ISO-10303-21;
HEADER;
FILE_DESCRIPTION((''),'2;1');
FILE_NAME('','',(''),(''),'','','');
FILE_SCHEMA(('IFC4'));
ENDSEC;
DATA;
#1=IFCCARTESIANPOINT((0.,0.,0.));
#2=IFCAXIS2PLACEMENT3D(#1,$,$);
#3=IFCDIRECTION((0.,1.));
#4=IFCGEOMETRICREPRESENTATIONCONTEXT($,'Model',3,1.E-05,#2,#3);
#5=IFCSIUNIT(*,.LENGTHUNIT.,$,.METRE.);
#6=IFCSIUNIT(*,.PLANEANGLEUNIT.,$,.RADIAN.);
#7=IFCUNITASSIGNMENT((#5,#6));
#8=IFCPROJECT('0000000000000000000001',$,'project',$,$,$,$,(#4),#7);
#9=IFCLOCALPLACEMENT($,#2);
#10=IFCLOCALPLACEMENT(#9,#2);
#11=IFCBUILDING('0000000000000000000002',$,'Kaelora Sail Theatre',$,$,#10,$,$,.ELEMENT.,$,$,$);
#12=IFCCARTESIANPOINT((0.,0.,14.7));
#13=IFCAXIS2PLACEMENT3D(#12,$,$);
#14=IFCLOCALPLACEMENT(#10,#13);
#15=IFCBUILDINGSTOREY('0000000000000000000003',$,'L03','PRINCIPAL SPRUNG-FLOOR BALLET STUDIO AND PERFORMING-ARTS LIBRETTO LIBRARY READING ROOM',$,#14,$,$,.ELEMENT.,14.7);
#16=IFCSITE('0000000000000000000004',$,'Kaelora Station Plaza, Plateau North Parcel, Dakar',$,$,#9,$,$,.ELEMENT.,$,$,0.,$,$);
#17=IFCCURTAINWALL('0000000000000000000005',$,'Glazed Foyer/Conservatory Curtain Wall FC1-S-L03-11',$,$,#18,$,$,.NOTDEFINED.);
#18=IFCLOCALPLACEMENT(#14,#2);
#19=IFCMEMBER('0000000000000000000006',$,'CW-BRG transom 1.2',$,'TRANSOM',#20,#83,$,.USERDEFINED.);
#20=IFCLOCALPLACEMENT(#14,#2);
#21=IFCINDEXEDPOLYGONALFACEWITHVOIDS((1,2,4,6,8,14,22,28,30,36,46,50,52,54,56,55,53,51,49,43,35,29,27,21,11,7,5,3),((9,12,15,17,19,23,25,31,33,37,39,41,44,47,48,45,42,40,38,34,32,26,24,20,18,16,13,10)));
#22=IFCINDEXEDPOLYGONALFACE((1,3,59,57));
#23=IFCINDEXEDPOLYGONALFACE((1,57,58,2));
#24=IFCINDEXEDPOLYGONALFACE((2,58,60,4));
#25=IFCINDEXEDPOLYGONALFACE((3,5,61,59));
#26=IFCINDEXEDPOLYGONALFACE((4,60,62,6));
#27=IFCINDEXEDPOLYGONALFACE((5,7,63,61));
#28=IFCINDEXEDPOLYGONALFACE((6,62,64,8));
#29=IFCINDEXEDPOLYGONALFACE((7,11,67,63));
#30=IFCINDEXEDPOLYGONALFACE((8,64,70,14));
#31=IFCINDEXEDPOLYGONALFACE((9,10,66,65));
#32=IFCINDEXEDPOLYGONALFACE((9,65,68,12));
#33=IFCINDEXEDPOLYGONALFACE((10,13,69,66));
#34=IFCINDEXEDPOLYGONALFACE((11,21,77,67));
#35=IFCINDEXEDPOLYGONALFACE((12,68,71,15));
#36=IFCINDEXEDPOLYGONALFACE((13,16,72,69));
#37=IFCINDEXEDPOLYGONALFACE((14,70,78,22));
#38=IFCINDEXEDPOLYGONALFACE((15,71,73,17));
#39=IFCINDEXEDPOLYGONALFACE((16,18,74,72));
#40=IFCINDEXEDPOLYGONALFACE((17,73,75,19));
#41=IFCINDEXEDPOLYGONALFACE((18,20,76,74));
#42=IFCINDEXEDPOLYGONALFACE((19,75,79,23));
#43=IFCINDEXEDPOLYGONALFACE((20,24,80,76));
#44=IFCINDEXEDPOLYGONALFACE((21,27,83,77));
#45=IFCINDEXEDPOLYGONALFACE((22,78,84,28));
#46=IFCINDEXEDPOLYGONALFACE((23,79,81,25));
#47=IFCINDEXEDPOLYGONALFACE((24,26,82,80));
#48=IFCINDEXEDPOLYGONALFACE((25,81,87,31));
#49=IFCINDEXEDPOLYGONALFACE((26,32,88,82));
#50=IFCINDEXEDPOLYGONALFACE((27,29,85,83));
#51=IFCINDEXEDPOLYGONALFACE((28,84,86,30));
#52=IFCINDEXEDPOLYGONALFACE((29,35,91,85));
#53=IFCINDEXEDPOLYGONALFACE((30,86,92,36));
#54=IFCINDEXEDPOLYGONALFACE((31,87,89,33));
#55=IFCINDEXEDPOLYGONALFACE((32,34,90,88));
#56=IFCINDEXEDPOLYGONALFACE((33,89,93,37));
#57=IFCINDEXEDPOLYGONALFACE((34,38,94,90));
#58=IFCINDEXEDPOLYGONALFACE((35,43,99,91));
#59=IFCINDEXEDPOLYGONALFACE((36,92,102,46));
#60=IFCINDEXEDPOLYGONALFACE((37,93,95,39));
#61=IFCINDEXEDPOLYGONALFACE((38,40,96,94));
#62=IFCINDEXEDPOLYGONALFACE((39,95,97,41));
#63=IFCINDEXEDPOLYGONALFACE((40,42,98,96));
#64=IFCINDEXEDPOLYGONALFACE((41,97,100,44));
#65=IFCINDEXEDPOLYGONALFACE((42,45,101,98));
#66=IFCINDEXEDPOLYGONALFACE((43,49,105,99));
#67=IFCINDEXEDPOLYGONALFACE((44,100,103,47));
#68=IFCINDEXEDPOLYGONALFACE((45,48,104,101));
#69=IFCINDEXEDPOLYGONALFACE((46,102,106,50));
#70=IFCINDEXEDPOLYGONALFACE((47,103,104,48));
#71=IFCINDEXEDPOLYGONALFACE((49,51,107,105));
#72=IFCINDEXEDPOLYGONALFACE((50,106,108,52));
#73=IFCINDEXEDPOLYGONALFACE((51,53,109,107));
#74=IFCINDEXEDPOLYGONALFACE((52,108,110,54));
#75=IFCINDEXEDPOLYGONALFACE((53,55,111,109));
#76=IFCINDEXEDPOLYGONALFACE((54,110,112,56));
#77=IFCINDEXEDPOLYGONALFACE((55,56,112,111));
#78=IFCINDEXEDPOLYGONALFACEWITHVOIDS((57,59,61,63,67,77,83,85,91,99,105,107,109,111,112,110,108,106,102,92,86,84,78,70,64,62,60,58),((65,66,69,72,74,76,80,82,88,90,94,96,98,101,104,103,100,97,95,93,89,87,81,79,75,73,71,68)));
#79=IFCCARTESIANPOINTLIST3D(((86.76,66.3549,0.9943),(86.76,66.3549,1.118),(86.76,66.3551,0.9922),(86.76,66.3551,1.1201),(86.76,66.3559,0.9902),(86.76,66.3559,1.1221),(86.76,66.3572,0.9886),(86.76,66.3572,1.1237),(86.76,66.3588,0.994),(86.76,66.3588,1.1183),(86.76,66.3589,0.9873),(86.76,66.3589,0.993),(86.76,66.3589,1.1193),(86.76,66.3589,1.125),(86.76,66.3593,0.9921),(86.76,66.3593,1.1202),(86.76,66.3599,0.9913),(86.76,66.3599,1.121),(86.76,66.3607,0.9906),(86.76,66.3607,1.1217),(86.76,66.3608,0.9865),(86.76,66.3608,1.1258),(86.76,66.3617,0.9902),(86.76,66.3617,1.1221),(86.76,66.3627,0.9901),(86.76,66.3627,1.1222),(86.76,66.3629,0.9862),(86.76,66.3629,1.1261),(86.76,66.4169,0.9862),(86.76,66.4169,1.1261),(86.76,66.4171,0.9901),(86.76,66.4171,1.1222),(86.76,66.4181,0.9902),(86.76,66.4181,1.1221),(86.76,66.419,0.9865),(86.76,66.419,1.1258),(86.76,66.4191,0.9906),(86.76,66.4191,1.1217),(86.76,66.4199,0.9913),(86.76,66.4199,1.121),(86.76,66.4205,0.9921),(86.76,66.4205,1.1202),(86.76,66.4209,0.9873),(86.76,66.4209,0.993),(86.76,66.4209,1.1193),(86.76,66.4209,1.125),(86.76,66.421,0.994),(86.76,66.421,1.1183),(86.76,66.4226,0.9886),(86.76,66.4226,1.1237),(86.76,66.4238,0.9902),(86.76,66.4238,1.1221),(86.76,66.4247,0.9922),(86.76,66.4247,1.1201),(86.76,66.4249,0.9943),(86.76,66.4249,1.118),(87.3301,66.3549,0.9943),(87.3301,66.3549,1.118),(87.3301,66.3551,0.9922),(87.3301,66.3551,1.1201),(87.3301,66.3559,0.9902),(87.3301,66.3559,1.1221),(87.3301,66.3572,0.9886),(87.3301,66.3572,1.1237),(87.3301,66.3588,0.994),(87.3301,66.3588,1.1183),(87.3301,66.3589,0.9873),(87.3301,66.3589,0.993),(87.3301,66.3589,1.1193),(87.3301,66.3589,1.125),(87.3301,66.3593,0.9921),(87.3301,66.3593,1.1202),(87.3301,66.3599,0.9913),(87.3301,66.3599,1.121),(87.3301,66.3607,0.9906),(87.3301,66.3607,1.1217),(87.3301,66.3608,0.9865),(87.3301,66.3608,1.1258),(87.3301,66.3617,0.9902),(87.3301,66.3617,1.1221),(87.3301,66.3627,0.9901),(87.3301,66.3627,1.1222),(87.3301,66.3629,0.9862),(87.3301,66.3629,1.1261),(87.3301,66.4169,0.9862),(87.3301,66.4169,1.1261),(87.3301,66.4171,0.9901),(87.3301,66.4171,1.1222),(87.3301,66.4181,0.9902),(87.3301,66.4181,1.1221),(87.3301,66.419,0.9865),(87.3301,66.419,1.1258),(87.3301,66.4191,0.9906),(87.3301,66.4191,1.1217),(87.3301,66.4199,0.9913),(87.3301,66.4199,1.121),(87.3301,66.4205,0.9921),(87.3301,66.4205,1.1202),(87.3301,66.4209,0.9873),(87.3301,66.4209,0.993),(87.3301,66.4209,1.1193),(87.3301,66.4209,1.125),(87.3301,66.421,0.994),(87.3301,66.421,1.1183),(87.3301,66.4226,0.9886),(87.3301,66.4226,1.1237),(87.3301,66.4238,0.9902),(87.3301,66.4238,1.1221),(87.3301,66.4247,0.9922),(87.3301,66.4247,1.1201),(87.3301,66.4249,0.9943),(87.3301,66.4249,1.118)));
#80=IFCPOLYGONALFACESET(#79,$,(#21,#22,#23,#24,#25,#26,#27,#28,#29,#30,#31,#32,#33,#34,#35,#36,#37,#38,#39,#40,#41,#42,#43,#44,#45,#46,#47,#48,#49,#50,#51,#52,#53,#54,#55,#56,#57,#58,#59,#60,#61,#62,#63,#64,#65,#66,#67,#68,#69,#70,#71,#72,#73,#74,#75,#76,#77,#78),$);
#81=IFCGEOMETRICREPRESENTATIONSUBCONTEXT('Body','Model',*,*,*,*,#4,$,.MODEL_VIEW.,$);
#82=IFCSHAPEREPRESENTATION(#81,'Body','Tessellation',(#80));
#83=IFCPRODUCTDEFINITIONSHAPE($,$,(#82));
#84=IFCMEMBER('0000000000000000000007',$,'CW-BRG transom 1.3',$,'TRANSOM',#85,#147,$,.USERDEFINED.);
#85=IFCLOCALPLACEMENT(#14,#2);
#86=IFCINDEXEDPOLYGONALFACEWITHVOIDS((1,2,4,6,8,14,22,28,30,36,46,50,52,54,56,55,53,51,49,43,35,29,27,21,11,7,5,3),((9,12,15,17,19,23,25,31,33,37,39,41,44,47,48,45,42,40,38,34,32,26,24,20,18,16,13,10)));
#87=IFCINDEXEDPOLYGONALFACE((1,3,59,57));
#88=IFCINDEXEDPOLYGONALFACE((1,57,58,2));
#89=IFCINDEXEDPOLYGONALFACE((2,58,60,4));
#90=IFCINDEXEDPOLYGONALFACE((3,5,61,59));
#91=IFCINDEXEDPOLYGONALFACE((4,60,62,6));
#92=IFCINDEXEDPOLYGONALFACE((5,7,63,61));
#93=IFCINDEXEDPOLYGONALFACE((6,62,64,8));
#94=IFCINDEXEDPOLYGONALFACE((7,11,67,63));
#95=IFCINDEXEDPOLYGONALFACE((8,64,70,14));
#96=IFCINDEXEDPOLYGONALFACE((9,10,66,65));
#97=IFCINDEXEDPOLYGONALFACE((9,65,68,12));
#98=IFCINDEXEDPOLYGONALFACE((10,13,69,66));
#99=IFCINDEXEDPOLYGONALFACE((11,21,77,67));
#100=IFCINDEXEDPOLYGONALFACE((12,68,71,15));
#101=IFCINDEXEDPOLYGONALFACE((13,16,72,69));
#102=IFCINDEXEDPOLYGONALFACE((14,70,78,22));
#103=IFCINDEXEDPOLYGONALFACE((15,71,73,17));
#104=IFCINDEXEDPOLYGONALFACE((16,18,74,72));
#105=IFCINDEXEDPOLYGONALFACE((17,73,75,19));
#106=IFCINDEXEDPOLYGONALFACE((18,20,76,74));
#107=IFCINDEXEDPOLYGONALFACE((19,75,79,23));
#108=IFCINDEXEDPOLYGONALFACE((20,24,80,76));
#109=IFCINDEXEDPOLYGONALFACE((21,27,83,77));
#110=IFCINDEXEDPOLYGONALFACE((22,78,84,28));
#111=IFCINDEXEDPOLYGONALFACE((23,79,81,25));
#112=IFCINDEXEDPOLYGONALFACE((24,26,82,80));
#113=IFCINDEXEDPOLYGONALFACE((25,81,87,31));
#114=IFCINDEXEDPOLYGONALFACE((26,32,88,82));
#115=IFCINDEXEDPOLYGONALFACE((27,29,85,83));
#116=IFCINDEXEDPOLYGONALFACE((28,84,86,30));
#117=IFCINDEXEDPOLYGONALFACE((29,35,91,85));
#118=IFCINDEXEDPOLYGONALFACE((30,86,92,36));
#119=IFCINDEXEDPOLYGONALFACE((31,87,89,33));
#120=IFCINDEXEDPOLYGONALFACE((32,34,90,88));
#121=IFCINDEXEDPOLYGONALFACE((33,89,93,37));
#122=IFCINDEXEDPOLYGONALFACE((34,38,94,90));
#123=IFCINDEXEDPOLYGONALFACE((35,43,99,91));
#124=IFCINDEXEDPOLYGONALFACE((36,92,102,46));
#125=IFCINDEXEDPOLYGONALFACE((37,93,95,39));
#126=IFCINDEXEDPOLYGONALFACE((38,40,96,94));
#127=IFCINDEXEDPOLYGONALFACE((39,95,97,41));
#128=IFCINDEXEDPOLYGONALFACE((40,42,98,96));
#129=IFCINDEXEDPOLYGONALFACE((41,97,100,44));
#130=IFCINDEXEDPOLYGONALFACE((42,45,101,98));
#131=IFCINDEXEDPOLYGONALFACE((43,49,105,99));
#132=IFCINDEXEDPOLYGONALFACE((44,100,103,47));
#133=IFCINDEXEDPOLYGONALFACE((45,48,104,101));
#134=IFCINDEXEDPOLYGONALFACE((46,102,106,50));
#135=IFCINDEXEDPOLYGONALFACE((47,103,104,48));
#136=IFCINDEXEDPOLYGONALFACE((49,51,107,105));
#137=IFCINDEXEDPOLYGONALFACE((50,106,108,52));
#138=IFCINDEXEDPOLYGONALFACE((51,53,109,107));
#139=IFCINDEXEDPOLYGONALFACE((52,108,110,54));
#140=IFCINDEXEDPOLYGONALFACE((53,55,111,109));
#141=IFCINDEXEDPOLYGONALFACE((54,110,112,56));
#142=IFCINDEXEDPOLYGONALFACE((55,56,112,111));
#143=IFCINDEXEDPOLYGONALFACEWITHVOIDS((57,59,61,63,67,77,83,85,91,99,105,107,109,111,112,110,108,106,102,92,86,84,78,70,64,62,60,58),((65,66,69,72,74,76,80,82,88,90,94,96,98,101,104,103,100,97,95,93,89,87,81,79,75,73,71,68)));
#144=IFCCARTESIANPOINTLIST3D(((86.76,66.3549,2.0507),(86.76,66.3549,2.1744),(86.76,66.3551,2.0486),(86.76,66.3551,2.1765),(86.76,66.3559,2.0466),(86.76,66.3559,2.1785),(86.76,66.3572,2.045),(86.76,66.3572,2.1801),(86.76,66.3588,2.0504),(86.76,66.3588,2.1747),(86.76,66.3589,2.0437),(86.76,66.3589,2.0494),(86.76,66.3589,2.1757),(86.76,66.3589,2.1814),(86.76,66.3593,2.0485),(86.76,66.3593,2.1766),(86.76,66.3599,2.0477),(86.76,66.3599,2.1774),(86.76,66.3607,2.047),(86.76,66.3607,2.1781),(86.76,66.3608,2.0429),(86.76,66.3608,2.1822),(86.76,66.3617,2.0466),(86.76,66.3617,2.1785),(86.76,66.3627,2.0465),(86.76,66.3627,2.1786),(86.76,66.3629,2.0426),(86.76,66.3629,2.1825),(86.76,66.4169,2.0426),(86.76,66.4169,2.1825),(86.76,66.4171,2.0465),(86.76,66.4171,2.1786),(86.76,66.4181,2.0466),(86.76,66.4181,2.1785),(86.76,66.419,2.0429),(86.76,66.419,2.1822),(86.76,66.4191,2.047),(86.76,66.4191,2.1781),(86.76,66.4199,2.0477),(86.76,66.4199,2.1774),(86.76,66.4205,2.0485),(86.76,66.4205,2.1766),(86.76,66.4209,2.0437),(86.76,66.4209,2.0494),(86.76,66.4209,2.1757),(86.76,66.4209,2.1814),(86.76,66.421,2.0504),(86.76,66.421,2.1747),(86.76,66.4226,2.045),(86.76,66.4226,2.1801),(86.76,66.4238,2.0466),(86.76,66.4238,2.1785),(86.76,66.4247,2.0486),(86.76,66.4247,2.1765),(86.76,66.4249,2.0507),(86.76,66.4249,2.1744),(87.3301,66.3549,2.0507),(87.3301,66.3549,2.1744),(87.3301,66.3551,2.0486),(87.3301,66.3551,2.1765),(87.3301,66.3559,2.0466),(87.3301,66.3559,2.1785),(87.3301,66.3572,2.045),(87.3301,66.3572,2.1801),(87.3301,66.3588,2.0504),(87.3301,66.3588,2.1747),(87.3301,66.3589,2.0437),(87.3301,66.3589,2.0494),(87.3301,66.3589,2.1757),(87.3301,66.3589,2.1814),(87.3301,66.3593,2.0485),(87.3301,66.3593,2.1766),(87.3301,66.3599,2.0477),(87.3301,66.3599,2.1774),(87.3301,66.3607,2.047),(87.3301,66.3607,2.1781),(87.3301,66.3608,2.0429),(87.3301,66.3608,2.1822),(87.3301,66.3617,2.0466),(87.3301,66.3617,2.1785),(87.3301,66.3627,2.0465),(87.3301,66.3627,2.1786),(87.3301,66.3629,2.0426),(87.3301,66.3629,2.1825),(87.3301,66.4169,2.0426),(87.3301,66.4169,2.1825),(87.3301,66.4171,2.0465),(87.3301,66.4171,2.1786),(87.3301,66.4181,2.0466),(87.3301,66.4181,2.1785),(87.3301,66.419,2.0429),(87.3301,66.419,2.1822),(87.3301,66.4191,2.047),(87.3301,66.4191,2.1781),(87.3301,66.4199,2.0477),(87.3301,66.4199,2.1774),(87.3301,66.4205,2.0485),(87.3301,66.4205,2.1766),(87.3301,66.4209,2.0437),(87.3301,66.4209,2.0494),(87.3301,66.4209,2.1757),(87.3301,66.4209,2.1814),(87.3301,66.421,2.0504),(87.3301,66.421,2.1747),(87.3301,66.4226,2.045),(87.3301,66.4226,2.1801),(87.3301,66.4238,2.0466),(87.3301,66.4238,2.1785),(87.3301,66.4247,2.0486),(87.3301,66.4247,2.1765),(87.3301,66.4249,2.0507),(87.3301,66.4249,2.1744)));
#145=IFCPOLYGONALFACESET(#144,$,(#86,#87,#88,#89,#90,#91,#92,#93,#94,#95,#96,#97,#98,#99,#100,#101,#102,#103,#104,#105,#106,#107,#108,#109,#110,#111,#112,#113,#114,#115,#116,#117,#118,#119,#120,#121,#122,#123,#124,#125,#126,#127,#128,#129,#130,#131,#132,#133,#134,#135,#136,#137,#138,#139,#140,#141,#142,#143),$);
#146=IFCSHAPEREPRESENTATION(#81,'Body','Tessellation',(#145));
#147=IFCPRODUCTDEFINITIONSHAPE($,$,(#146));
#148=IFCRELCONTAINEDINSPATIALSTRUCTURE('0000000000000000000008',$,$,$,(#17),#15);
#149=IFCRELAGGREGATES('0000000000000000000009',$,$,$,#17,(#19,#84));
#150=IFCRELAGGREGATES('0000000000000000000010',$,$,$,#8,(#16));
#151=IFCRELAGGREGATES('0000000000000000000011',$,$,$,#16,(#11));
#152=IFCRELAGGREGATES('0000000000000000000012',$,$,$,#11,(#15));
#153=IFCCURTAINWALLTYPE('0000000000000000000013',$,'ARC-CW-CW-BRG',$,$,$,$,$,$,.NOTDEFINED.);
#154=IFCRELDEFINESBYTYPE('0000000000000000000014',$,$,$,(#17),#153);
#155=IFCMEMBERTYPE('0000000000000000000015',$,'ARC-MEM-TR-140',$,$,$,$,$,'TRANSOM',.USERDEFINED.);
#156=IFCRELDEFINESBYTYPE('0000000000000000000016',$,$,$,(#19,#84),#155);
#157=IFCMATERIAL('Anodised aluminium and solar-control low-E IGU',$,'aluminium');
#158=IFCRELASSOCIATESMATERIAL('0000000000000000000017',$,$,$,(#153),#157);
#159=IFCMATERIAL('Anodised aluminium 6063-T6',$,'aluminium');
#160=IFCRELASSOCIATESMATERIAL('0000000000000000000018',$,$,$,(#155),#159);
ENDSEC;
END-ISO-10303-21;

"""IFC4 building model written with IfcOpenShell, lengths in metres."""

from ifc_helpers import new_model, si_unit, direction, frame, origin, origin_2d, place, context, subcontext, project, spatial, hollow_rectangle, extrude, material, material_profile, profile_set, type_object, element, aggregate, save


model = new_model("IFC4")

# Units and contexts
model_context = context("Model", 3, precision=1e-05, world=origin(), true_north=direction((0.0, 1.0)))
body_context = subcontext(model_context, "Body", "Model", "MODEL_VIEW")
ifc_project = project(units=[si_unit("LENGTHUNIT", "METRE"), si_unit("PLANEANGLEUNIT", "RADIAN")], contexts=[model_context])

# Site, building, storey
site_placement = place(None, origin())
site = spatial("IfcSite", under=ifc_project, at=site_placement, Name="Kaelora Station Plaza, Plateau North Parcel, Dakar", CompositionType="ELEMENT", RefElevation=0.0)
building_placement = place(site_placement, origin())
building = spatial("IfcBuilding", under=site, at=building_placement, Name="Kaelora Sail Theatre", CompositionType="ELEMENT")
storey_placement = place(building_placement, frame((0.0, 0.0, 14.7)))
storey = spatial("IfcBuildingStorey", under=building, at=storey_placement, Name="L03", Description="PRINCIPAL SPRUNG-FLOOR BALLET STUDIO AND PERFORMING-ARTS LIBRETTO LIBRARY READING ROOM", CompositionType="ELEMENT", Elevation=14.7)

# Shared definitions
ifc_material_1 = material(Name="Anodised aluminium and solar-control low-E IGU", Category="aluminium")
curtain_wall_type = type_object("IfcCurtainWallType", Name="ARC-CW-CW-BRG", PredefinedType="NOTDEFINED", material=ifc_material_1)

# Curtain wall
curtain_wall_1_placement = place(storey_placement, origin())
curtain_wall_1 = element("IfcCurtainWall", 1, at=curtain_wall_1_placement, inside=storey, type_object=curtain_wall_type, Name="Glazed Foyer/Conservatory Curtain Wall FC1-S-L03-11", PredefinedType="NOTDEFINED")

# Members
ifc_material_2 = material(Name="Anodised aluminium 6063-T6", Category="aluminium")
ifc_material_profile_1 = material_profile(ifc_material_2, hollow_rectangle(XDim=0.0701, YDim=0.1399, WallThickness=0.0039, InnerFilletRadius=0.0039, OuterFilletRadius=0.0081, at=origin_2d()), Name="ALU-TRAN 70x140x4")
ifc_profile_set_1 = profile_set([ifc_material_profile_1], Name="Anodised aluminium 6063-T6")
member_type_1 = type_object("IfcMemberType", Name="ARC-MEM-TR-140", ElementType="TRANSOM", PredefinedType="USERDEFINED", material=ifc_profile_set_1)
member_1_placement = place(storey_placement, frame((86.76, 66.3899, 1.0562), z_axis=(1.0, 0.0, 0.0), x_axis=(0.0, 1.0, 0.0)))
member_1 = element("IfcMember", 2, at=member_1_placement, type_object=member_type_1, Name="CW-BRG transom 1.2", ObjectType="TRANSOM", PredefinedType="USERDEFINED", context=body_context, shape_type="SweptSolid", body=[
    extrude(hollow_rectangle(XDim=0.0701, YDim=0.1399, WallThickness=0.0039, InnerFilletRadius=0.0039, OuterFilletRadius=0.0081, at=origin_2d()), origin(), (0.0, 0.0, 1.0), 0.5701),
])
member_2_placement = place(storey_placement, frame((86.76, 66.3899, 2.1125), z_axis=(1.0, 0.0, 0.0), x_axis=(0.0, 1.0, 0.0)))
member_2 = element("IfcMember", 3, at=member_2_placement, type_object=member_type_1, Name="CW-BRG transom 1.3", ObjectType="TRANSOM", PredefinedType="USERDEFINED", context=body_context, shape_type="SweptSolid", body=[
    extrude(hollow_rectangle(XDim=0.0701, YDim=0.1399, WallThickness=0.0039, InnerFilletRadius=0.0039, OuterFilletRadius=0.0081, at=origin_2d()), origin(), (0.0, 0.0, 1.0), 0.5701),
])

aggregate(curtain_wall_1, [member_1, member_2])

save(model, "model.ifc")
